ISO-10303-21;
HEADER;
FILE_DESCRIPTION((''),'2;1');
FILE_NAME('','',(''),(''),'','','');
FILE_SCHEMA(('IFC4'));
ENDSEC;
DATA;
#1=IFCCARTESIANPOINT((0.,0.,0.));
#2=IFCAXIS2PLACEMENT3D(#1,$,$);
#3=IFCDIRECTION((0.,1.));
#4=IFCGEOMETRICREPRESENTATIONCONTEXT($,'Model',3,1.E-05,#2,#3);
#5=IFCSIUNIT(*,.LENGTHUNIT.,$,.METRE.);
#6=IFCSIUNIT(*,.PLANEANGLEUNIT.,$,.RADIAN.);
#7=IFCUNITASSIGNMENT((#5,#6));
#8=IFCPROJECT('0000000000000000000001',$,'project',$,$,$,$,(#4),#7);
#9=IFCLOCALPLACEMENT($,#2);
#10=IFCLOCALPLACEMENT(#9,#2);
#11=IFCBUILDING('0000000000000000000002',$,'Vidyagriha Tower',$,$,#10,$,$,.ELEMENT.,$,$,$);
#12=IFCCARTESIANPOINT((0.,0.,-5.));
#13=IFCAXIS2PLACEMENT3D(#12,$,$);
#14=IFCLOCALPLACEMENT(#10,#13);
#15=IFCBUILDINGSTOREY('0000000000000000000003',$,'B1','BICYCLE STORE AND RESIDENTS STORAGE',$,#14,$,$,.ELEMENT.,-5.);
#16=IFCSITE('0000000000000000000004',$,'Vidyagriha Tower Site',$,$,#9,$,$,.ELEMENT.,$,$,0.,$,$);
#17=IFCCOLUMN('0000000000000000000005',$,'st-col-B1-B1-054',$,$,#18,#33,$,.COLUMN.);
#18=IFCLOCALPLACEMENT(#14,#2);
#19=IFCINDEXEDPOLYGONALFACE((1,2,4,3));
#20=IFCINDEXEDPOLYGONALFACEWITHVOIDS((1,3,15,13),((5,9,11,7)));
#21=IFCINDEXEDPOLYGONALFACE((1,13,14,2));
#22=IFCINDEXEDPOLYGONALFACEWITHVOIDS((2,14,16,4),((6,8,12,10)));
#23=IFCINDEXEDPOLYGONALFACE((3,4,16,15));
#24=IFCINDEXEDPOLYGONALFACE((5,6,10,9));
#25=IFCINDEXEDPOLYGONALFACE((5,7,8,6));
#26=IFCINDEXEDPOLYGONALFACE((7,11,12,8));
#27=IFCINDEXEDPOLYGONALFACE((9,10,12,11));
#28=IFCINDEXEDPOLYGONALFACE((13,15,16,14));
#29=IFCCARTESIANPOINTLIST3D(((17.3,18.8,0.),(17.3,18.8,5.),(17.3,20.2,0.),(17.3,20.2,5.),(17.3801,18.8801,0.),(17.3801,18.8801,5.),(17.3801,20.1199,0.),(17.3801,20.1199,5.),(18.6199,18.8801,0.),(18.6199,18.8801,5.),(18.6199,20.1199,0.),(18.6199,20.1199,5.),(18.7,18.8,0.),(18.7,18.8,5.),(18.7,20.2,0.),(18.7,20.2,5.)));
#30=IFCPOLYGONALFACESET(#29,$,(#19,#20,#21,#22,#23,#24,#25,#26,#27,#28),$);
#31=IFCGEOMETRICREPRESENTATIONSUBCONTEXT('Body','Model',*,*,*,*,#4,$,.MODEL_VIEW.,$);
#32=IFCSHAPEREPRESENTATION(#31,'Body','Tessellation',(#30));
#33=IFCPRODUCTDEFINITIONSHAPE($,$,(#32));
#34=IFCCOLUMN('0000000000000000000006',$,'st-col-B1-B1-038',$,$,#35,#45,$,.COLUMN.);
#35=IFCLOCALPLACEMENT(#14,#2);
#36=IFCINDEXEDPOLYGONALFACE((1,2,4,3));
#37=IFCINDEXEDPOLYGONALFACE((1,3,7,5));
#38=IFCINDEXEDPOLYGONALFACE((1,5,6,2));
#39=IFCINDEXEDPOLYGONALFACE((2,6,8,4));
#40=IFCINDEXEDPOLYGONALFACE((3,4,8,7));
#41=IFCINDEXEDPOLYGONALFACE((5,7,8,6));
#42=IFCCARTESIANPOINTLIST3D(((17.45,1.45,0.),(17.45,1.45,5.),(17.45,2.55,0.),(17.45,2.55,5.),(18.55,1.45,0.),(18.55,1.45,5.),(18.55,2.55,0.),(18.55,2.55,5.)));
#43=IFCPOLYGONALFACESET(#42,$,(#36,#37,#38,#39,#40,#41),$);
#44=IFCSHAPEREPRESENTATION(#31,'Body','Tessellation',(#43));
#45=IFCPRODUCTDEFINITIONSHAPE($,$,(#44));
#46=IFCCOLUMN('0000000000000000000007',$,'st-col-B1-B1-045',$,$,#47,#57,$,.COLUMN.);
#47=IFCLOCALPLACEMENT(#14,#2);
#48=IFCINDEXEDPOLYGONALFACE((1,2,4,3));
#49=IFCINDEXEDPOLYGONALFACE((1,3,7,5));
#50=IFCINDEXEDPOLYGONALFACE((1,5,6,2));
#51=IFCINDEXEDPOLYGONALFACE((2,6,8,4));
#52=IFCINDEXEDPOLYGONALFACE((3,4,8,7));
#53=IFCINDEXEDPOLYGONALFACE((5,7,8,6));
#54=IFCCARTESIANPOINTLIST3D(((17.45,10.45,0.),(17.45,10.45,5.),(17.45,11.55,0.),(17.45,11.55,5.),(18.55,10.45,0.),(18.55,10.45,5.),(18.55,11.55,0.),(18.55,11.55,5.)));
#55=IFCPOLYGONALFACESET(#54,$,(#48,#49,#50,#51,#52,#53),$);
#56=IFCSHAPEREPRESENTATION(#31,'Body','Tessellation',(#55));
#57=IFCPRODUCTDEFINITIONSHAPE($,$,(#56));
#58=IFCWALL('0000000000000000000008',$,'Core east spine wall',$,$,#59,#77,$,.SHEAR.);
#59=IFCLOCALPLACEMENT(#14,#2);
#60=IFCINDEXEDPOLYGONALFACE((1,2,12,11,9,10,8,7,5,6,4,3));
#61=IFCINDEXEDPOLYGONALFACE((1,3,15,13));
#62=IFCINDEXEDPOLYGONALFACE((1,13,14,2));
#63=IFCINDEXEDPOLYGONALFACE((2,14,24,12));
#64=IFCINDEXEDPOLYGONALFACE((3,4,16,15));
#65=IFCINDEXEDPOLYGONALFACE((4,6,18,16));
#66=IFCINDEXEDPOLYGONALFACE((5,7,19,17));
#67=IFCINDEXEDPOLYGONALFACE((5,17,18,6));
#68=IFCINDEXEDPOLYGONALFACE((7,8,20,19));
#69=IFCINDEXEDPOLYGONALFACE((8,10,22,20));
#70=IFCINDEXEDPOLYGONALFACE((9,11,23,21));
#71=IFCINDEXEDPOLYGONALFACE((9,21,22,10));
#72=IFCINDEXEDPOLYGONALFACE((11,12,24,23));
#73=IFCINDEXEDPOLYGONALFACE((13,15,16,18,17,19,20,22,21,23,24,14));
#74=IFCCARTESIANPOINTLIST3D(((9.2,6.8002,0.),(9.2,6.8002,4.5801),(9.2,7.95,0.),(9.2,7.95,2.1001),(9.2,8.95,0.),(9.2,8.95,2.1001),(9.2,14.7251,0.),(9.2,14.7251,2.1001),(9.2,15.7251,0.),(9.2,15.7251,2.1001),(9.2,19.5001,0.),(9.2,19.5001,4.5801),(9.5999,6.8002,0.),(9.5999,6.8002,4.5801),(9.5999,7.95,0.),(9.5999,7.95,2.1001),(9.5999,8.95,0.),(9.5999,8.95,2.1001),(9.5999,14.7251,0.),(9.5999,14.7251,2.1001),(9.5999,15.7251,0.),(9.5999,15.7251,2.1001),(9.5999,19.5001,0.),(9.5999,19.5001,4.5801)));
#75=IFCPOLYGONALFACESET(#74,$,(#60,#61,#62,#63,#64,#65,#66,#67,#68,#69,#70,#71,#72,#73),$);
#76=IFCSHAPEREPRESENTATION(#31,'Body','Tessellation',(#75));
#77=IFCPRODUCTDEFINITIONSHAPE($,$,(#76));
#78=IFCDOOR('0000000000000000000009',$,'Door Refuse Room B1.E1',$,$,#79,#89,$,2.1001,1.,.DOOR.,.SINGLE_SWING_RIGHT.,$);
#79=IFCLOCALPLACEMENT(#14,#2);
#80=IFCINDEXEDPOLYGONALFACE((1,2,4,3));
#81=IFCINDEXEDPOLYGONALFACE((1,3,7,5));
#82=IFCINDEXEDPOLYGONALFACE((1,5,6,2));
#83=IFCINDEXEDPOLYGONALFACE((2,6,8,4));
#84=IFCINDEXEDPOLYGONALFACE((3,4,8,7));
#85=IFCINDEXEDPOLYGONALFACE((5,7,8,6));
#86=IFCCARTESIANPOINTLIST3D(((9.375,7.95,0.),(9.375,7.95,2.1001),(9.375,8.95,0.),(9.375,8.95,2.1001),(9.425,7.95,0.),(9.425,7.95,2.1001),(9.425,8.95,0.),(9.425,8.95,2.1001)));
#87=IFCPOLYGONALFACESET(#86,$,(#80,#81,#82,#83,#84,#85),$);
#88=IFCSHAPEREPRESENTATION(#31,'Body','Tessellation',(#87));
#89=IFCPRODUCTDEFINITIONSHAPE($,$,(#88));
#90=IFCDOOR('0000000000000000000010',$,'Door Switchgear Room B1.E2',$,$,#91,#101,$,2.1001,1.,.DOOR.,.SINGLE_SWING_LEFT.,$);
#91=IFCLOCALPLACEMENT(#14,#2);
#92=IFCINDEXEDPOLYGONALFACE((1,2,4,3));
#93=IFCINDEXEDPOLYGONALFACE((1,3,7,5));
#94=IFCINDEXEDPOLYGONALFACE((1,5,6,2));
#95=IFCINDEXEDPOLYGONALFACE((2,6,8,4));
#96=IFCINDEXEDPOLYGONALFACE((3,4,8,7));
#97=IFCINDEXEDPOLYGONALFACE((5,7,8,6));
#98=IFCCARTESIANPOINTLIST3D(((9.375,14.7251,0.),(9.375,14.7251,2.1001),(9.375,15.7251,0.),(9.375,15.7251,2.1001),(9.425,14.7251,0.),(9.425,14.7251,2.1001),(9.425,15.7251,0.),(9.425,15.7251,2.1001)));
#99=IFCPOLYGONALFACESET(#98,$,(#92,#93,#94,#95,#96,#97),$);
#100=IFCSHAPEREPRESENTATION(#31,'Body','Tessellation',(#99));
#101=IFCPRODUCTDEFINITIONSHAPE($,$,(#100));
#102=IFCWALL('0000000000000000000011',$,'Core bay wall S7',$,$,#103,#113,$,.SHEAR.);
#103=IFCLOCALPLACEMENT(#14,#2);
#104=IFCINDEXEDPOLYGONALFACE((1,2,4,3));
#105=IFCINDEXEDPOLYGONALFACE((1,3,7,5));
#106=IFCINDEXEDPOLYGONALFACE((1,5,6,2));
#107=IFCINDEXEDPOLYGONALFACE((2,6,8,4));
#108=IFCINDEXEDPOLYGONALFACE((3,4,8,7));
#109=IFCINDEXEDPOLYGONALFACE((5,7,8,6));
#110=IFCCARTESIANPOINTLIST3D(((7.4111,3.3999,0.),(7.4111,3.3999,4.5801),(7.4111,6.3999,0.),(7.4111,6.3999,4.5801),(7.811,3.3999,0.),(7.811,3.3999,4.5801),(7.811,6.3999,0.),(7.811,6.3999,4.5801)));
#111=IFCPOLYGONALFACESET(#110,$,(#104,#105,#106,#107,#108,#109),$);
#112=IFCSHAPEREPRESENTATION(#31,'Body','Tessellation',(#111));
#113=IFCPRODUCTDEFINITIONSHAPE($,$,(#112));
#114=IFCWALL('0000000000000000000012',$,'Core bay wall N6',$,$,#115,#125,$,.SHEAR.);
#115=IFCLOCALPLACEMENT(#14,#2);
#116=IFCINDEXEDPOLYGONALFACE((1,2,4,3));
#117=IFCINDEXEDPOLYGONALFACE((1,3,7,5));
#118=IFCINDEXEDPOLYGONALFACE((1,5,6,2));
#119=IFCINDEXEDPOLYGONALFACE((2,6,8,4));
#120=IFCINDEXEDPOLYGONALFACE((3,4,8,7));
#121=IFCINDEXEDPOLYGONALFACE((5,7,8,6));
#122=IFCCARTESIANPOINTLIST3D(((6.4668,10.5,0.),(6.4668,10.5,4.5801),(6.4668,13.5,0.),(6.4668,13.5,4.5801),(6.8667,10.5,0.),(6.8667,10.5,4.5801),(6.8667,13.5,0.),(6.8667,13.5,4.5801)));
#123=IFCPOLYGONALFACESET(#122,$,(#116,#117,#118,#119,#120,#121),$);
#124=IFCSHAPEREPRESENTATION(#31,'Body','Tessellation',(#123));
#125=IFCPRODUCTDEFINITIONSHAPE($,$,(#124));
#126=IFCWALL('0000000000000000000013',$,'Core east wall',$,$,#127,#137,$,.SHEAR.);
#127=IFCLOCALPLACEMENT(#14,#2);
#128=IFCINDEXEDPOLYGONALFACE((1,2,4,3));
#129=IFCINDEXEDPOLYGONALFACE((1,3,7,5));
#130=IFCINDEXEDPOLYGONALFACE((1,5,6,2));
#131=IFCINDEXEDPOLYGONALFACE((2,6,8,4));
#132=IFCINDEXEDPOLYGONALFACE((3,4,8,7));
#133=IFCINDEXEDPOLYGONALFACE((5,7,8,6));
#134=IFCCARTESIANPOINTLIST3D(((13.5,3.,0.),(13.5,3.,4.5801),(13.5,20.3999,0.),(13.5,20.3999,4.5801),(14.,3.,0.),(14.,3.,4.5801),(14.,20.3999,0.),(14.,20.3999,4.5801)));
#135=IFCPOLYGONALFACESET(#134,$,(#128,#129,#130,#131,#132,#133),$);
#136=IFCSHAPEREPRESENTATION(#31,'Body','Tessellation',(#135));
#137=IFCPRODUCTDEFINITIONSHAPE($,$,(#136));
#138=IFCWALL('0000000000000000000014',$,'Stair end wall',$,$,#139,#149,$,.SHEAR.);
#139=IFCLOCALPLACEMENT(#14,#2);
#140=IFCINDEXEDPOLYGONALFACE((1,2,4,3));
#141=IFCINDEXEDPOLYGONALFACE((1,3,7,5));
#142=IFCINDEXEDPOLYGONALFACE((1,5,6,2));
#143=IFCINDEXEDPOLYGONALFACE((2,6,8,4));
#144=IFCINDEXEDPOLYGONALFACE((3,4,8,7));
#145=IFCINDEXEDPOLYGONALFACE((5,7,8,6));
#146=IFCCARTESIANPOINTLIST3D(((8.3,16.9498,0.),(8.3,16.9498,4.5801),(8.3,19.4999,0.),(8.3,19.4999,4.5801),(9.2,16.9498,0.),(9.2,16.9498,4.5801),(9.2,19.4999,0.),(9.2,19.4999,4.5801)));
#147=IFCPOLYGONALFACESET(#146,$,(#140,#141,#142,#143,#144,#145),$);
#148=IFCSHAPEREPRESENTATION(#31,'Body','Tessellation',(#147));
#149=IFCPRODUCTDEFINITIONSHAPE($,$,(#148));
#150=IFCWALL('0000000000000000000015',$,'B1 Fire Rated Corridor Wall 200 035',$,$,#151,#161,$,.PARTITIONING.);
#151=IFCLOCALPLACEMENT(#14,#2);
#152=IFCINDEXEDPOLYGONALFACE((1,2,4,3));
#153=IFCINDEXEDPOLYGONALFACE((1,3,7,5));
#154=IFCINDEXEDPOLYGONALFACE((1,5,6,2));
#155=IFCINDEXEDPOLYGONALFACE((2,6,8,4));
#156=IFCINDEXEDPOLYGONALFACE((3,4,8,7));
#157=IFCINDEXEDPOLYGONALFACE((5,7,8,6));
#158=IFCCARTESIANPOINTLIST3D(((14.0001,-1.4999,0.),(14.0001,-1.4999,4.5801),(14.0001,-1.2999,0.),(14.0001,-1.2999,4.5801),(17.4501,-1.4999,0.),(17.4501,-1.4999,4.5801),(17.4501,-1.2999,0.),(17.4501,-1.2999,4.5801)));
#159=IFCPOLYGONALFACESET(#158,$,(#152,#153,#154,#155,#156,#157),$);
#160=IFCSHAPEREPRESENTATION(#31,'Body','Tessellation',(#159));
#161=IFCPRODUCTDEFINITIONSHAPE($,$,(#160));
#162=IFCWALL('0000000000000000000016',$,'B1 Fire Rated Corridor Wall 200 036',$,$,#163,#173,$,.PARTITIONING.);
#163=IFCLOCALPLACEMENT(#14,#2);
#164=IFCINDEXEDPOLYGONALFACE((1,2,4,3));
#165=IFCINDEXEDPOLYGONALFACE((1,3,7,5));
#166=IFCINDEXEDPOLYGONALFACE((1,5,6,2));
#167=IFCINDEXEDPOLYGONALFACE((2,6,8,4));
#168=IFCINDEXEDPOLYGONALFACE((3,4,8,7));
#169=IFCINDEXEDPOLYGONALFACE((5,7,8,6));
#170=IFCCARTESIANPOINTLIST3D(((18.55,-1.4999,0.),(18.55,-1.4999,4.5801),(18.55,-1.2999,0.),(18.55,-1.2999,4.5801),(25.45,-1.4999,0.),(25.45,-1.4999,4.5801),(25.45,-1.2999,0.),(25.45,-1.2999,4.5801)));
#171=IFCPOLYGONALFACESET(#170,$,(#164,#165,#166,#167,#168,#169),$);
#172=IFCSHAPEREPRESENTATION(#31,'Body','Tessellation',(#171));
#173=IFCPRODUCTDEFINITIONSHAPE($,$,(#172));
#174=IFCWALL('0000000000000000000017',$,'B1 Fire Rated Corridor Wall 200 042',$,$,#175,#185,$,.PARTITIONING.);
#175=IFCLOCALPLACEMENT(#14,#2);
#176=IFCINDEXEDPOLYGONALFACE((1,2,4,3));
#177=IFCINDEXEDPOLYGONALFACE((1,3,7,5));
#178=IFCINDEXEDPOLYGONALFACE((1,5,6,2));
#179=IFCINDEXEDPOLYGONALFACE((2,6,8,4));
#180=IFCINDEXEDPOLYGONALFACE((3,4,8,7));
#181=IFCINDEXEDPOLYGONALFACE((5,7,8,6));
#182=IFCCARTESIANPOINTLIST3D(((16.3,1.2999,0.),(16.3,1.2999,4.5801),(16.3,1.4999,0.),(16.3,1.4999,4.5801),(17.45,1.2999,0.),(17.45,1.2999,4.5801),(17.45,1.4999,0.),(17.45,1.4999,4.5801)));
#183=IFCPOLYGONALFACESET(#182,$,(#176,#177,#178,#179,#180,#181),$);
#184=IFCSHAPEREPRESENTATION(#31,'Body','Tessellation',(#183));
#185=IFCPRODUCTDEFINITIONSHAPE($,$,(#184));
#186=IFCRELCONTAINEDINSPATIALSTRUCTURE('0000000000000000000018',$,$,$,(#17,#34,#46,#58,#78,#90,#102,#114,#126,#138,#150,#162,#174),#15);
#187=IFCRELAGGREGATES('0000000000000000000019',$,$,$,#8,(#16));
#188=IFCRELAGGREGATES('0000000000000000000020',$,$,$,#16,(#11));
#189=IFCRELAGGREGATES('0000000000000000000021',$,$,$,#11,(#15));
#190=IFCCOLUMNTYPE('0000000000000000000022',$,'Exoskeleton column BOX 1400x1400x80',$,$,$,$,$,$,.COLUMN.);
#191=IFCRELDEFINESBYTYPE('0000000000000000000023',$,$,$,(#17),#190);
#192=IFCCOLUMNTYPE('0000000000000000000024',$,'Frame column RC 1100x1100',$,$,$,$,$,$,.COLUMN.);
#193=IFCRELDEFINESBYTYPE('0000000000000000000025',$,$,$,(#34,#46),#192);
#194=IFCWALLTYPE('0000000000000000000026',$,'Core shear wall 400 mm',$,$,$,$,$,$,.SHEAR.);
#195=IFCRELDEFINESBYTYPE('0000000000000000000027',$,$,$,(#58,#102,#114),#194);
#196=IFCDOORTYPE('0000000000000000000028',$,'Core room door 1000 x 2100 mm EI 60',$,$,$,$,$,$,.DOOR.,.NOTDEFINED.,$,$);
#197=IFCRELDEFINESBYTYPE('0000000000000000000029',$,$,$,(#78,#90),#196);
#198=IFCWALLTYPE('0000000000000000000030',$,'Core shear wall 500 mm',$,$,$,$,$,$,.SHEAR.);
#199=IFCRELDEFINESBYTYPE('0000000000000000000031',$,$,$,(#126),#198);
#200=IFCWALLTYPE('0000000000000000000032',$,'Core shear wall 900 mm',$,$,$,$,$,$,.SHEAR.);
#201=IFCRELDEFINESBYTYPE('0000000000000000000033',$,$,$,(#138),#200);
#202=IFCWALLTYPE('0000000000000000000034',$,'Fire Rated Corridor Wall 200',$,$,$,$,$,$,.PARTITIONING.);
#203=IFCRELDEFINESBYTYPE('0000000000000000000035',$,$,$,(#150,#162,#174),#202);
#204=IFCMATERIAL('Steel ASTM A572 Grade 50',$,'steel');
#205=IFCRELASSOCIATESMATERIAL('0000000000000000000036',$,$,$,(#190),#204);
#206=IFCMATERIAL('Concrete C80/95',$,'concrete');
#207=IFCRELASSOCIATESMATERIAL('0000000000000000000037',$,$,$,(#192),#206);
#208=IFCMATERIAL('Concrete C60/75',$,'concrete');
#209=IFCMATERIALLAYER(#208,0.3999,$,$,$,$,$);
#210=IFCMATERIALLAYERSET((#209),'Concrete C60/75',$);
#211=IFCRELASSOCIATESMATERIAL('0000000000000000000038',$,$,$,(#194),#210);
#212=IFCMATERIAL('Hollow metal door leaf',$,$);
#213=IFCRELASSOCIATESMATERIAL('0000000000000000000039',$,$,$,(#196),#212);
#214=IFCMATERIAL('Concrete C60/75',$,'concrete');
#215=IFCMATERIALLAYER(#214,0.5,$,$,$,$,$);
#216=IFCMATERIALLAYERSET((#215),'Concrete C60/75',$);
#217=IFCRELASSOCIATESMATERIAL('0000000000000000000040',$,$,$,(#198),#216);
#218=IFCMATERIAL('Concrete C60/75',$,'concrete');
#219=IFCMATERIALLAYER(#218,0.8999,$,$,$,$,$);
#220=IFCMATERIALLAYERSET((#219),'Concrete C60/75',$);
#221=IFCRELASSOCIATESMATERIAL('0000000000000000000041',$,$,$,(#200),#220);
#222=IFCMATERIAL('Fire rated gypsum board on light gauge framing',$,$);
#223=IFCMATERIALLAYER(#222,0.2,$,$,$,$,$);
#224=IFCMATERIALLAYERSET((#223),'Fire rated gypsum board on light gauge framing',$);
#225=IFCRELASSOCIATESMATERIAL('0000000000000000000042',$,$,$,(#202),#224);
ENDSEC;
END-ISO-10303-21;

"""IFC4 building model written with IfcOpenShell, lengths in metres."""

from ifc_helpers import new_model, si_unit, direction, frame, frame_2d, origin, origin_2d, place, context, subcontext, project, spatial, rectangle, hollow_rectangle, extrude, material, layer, layer_set, material_profile, profile_set, type_object, element, fill, save


model = new_model("IFC4")

# Units and contexts
model_context = context("Model", 3, precision=1e-05, world=origin(), true_north=direction((0.0, 1.0)))
body_context = subcontext(model_context, "Body", "Model", "MODEL_VIEW")
ifc_project = project(units=[si_unit("LENGTHUNIT", "METRE"), si_unit("PLANEANGLEUNIT", "RADIAN")], contexts=[model_context])

# Site, building, storey
site_placement = place(None, origin())
site = spatial("IfcSite", under=ifc_project, at=site_placement, Name="Vidyagriha Tower Site", CompositionType="ELEMENT", RefElevation=0.0)
building_placement = place(site_placement, origin())
building = spatial("IfcBuilding", under=site, at=building_placement, Name="Vidyagriha Tower", CompositionType="ELEMENT")
storey_placement = place(building_placement, frame((0.0, 0.0, -5.0)))
storey = spatial("IfcBuildingStorey", under=building, at=storey_placement, Name="B1", Description="BICYCLE STORE AND RESIDENTS STORAGE", CompositionType="ELEMENT", Elevation=-5.0)

# Columns
ifc_material_1 = material(Name="Steel ASTM A572 Grade 50", Category="steel")
ifc_material_profile_1 = material_profile(ifc_material_1, hollow_rectangle(XDim=1.3999, YDim=1.3999, WallThickness=0.0801, at=origin_2d()), Name="BOX 1400x1400x80")
ifc_profile_set_1 = profile_set([ifc_material_profile_1], Name="Steel ASTM A572 Grade 50")
column_type_1 = type_object("IfcColumnType", Name="Exoskeleton column BOX 1400x1400x80", PredefinedType="COLUMN", material=ifc_profile_set_1)
column_placement = place(storey_placement, frame((18.0, 19.5, 0.0)))
element("IfcColumn", 1, at=column_placement, inside=storey, type_object=column_type_1, Name="st-col-B1-B1-054", PredefinedType="COLUMN", context=body_context, shape_type="SweptSolid", body=[
    extrude(hollow_rectangle(XDim=1.3999, YDim=1.3999, WallThickness=0.0801, at=origin_2d()), origin(), (0.0, 0.0, 1.0), 5.0),
])
ifc_material_2 = material(Name="Concrete C80/95", Category="concrete")
ifc_material_profile_2 = material_profile(ifc_material_2, rectangle(XDim=1.1001, YDim=1.1001, at=origin_2d()), Name="RC 1100x1100")
ifc_profile_set_2 = profile_set([ifc_material_profile_2], Name="Concrete C80/95")
column_type_2 = type_object("IfcColumnType", Name="Frame column RC 1100x1100", PredefinedType="COLUMN", material=ifc_profile_set_2)
for number, where, name in (
    (2, (18.0, 2.0, 0.0), "st-col-B1-B1-038"),
    (3, (18.0, 11.0, 0.0), "st-col-B1-B1-045"),
):
    element("IfcColumn", number, at=place(storey_placement, frame(where)), inside=storey, type_object=column_type_2, Name=name, PredefinedType="COLUMN", context=body_context, shape_type="SweptSolid", body=[
        extrude(rectangle(XDim=1.1001, YDim=1.1001, at=origin_2d()), origin(), (0.0, 0.0, 1.0), 5.0),
    ])

# Wall, openings, doors
ifc_material_3 = material(Name="Concrete C60/75", Category="concrete")
ifc_layer_1 = layer(ifc_material_3, 0.3999)
ifc_layer_set_1 = layer_set([ifc_layer_1], Name="Concrete C60/75")
wall_type_1 = type_object("IfcWallType", Name="Core shear wall 400 mm", PredefinedType="SHEAR", material=ifc_layer_set_1)
wall_1_placement = place(storey_placement, frame((9.3999, 6.8, 0.0), z_axis=(0.0, 0.0, 1.0), x_axis=(0.0, 1.0, 0.0)))
wall_1 = element("IfcWall", 4, at=wall_1_placement, inside=storey, type_object=wall_type_1, Name="Core east spine wall", PredefinedType="SHEAR", context=body_context, shape_type="SweptSolid", body=[
    extrude(rectangle(XDim=12.7, YDim=0.3999, at=frame_2d((6.3501, 0.0))), origin(), (0.0, 0.0, 1.0), 4.5801),
])
opening_1_placement = place(wall_1_placement, frame((1.1499, 0.0, 0.0)))
opening_1 = element("IfcOpeningElement", 5, at=opening_1_placement, cuts=wall_1, PredefinedType="OPENING", context=body_context, shape_type="SweptSolid", body=[
    extrude(rectangle(XDim=1.0, YDim=2.1001, at=frame_2d((0.5, 1.05))), frame((0.0, 0.21, 0.0), z_axis=(0.0, -1.0, 0.0), x_axis=(1.0, 0.0, 0.0)), (0.0, 0.0, 1.0), 0.4199),
])
opening_2_placement = place(wall_1_placement, frame((7.925, 0.0, 0.0)))
opening_2 = element("IfcOpeningElement", 6, at=opening_2_placement, cuts=wall_1, PredefinedType="OPENING", context=body_context, shape_type="SweptSolid", body=[
    extrude(rectangle(XDim=1.0, YDim=2.1001, at=frame_2d((0.5, 1.05))), frame((0.0, 0.21, 0.0), z_axis=(0.0, -1.0, 0.0), x_axis=(1.0, 0.0, 0.0)), (0.0, 0.0, 1.0), 0.4199),
])
ifc_material_4 = material(Name="Hollow metal door leaf")
door_type_1 = type_object("IfcDoorType", Name="Core room door 1000 x 2100 mm EI 60", OperationType="NOTDEFINED", PredefinedType="DOOR", material=ifc_material_4)
door_1_placement = place(opening_1_placement, origin())
door_1 = element("IfcDoor", 7, at=door_1_placement, inside=storey, type_object=door_type_1, Name="Door Refuse Room B1.E1", OperationType="SINGLE_SWING_RIGHT", OverallHeight=2.1001, OverallWidth=1.0, PredefinedType="DOOR", context=body_context, shape_type="SweptSolid", body=[
    extrude(rectangle(XDim=1.0, YDim=2.1001, at=frame_2d((0.5, 1.05))), frame((0.0, 0.0249, 0.0), z_axis=(0.0, -1.0, 0.0), x_axis=(1.0, 0.0, 0.0)), (0.0, 0.0, 1.0), 0.05),
])
fill(opening_1, door_1)
door_2_placement = place(opening_2_placement, origin())
door_2 = element("IfcDoor", 8, at=door_2_placement, inside=storey, type_object=door_type_1, Name="Door Switchgear Room B1.E2", OperationType="SINGLE_SWING_LEFT", OverallHeight=2.1001, OverallWidth=1.0, PredefinedType="DOOR", context=body_context, shape_type="SweptSolid", body=[
    extrude(rectangle(XDim=1.0, YDim=2.1001, at=frame_2d((0.5, 1.05))), frame((0.0, 0.0249, 0.0), z_axis=(0.0, -1.0, 0.0), x_axis=(1.0, 0.0, 0.0)), (0.0, 0.0, 1.0), 0.05),
])
fill(opening_2, door_2)

# Walls
for number, where, z_axis, x_axis, name in (
    (9, (7.6111, 3.3999, 0.0), (0.0, 0.0, 1.0), (0.0, 1.0, 0.0), "Core bay wall S7"),
    (10, (6.6667, 10.5, 0.0), (0.0, 0.0, 1.0), (0.0, 1.0, 0.0), "Core bay wall N6"),
):
    element("IfcWall", number, at=place(storey_placement, frame(where, z_axis=z_axis, x_axis=x_axis)), inside=storey, type_object=wall_type_1, Name=name, PredefinedType="SHEAR", context=body_context, shape_type="SweptSolid", body=[
        extrude(rectangle(XDim=3.0, YDim=0.3999, at=frame_2d((1.5, 0.0))), origin(), (0.0, 0.0, 1.0), 4.5801),
    ])
ifc_material_5 = material(Name="Concrete C60/75", Category="concrete")
ifc_layer_2 = layer(ifc_material_5, 0.5)
ifc_layer_set_2 = layer_set([ifc_layer_2], Name="Concrete C60/75")
wall_type_2 = type_object("IfcWallType", Name="Core shear wall 500 mm", PredefinedType="SHEAR", material=ifc_layer_set_2)
wall_2_placement = place(storey_placement, frame((13.75, 3.0, 0.0), z_axis=(0.0, 0.0, 1.0), x_axis=(0.0, 1.0, 0.0)))
element("IfcWall", 11, at=wall_2_placement, inside=storey, type_object=wall_type_2, Name="Core east wall", PredefinedType="SHEAR", context=body_context, shape_type="SweptSolid", body=[
    extrude(rectangle(XDim=17.3999, YDim=0.5, at=frame_2d((8.7, 0.0))), origin(), (0.0, 0.0, 1.0), 4.5801),
])
ifc_material_6 = material(Name="Concrete C60/75", Category="concrete")
ifc_layer_3 = layer(ifc_material_6, 0.8999)
ifc_layer_set_3 = layer_set([ifc_layer_3], Name="Concrete C60/75")
wall_type_3 = type_object("IfcWallType", Name="Core shear wall 900 mm", PredefinedType="SHEAR", material=ifc_layer_set_3)
wall_3_placement = place(storey_placement, frame((8.75, 16.95, 0.0), z_axis=(0.0, 0.0, 1.0), x_axis=(0.0, 1.0, 0.0)))
element("IfcWall", 12, at=wall_3_placement, inside=storey, type_object=wall_type_3, Name="Stair end wall", PredefinedType="SHEAR", context=body_context, shape_type="SweptSolid", body=[
    extrude(rectangle(XDim=2.55, YDim=0.8999, at=frame_2d((1.2749, 0.0))), origin(), (0.0, 0.0, 1.0), 4.5801),
])
ifc_material_7 = material(Name="Fire rated gypsum board on light gauge framing")
ifc_layer_4 = layer(ifc_material_7, 0.2)
ifc_layer_set_4 = layer_set([ifc_layer_4], Name="Fire rated gypsum board on light gauge framing")
wall_type_4 = type_object("IfcWallType", Name="Fire Rated Corridor Wall 200", PredefinedType="PARTITIONING", material=ifc_layer_set_4)
wall_4_placement = place(storey_placement, frame((14.0, -1.3999, 0.0)))
element("IfcWall", 13, at=wall_4_placement, inside=storey, type_object=wall_type_4, Name="B1 Fire Rated Corridor Wall 200 035", PredefinedType="PARTITIONING", context=body_context, shape_type="SweptSolid", body=[
    extrude(rectangle(XDim=3.45, YDim=0.2, at=frame_2d((1.7251, 0.0))), origin(), (0.0, 0.0, 1.0), 4.5801),
])
wall_5_placement = place(storey_placement, frame((18.55, -1.3999, 0.0)))
element("IfcWall", 14, at=wall_5_placement, inside=storey, type_object=wall_type_4, Name="B1 Fire Rated Corridor Wall 200 036", PredefinedType="PARTITIONING", context=body_context, shape_type="SweptSolid", body=[
    extrude(rectangle(XDim=6.8999, YDim=0.2, at=frame_2d((3.45, 0.0))), origin(), (0.0, 0.0, 1.0), 4.5801),
])
wall_6_placement = place(storey_placement, frame((16.3, 1.3999, 0.0)))
element("IfcWall", 15, at=wall_6_placement, inside=storey, type_object=wall_type_4, Name="B1 Fire Rated Corridor Wall 200 042", PredefinedType="PARTITIONING", context=body_context, shape_type="SweptSolid", body=[
    extrude(rectangle(XDim=1.1499, YDim=0.2, at=frame_2d((0.575, 0.0))), origin(), (0.0, 0.0, 1.0), 4.5801),
])

save(model, "model.ifc")
